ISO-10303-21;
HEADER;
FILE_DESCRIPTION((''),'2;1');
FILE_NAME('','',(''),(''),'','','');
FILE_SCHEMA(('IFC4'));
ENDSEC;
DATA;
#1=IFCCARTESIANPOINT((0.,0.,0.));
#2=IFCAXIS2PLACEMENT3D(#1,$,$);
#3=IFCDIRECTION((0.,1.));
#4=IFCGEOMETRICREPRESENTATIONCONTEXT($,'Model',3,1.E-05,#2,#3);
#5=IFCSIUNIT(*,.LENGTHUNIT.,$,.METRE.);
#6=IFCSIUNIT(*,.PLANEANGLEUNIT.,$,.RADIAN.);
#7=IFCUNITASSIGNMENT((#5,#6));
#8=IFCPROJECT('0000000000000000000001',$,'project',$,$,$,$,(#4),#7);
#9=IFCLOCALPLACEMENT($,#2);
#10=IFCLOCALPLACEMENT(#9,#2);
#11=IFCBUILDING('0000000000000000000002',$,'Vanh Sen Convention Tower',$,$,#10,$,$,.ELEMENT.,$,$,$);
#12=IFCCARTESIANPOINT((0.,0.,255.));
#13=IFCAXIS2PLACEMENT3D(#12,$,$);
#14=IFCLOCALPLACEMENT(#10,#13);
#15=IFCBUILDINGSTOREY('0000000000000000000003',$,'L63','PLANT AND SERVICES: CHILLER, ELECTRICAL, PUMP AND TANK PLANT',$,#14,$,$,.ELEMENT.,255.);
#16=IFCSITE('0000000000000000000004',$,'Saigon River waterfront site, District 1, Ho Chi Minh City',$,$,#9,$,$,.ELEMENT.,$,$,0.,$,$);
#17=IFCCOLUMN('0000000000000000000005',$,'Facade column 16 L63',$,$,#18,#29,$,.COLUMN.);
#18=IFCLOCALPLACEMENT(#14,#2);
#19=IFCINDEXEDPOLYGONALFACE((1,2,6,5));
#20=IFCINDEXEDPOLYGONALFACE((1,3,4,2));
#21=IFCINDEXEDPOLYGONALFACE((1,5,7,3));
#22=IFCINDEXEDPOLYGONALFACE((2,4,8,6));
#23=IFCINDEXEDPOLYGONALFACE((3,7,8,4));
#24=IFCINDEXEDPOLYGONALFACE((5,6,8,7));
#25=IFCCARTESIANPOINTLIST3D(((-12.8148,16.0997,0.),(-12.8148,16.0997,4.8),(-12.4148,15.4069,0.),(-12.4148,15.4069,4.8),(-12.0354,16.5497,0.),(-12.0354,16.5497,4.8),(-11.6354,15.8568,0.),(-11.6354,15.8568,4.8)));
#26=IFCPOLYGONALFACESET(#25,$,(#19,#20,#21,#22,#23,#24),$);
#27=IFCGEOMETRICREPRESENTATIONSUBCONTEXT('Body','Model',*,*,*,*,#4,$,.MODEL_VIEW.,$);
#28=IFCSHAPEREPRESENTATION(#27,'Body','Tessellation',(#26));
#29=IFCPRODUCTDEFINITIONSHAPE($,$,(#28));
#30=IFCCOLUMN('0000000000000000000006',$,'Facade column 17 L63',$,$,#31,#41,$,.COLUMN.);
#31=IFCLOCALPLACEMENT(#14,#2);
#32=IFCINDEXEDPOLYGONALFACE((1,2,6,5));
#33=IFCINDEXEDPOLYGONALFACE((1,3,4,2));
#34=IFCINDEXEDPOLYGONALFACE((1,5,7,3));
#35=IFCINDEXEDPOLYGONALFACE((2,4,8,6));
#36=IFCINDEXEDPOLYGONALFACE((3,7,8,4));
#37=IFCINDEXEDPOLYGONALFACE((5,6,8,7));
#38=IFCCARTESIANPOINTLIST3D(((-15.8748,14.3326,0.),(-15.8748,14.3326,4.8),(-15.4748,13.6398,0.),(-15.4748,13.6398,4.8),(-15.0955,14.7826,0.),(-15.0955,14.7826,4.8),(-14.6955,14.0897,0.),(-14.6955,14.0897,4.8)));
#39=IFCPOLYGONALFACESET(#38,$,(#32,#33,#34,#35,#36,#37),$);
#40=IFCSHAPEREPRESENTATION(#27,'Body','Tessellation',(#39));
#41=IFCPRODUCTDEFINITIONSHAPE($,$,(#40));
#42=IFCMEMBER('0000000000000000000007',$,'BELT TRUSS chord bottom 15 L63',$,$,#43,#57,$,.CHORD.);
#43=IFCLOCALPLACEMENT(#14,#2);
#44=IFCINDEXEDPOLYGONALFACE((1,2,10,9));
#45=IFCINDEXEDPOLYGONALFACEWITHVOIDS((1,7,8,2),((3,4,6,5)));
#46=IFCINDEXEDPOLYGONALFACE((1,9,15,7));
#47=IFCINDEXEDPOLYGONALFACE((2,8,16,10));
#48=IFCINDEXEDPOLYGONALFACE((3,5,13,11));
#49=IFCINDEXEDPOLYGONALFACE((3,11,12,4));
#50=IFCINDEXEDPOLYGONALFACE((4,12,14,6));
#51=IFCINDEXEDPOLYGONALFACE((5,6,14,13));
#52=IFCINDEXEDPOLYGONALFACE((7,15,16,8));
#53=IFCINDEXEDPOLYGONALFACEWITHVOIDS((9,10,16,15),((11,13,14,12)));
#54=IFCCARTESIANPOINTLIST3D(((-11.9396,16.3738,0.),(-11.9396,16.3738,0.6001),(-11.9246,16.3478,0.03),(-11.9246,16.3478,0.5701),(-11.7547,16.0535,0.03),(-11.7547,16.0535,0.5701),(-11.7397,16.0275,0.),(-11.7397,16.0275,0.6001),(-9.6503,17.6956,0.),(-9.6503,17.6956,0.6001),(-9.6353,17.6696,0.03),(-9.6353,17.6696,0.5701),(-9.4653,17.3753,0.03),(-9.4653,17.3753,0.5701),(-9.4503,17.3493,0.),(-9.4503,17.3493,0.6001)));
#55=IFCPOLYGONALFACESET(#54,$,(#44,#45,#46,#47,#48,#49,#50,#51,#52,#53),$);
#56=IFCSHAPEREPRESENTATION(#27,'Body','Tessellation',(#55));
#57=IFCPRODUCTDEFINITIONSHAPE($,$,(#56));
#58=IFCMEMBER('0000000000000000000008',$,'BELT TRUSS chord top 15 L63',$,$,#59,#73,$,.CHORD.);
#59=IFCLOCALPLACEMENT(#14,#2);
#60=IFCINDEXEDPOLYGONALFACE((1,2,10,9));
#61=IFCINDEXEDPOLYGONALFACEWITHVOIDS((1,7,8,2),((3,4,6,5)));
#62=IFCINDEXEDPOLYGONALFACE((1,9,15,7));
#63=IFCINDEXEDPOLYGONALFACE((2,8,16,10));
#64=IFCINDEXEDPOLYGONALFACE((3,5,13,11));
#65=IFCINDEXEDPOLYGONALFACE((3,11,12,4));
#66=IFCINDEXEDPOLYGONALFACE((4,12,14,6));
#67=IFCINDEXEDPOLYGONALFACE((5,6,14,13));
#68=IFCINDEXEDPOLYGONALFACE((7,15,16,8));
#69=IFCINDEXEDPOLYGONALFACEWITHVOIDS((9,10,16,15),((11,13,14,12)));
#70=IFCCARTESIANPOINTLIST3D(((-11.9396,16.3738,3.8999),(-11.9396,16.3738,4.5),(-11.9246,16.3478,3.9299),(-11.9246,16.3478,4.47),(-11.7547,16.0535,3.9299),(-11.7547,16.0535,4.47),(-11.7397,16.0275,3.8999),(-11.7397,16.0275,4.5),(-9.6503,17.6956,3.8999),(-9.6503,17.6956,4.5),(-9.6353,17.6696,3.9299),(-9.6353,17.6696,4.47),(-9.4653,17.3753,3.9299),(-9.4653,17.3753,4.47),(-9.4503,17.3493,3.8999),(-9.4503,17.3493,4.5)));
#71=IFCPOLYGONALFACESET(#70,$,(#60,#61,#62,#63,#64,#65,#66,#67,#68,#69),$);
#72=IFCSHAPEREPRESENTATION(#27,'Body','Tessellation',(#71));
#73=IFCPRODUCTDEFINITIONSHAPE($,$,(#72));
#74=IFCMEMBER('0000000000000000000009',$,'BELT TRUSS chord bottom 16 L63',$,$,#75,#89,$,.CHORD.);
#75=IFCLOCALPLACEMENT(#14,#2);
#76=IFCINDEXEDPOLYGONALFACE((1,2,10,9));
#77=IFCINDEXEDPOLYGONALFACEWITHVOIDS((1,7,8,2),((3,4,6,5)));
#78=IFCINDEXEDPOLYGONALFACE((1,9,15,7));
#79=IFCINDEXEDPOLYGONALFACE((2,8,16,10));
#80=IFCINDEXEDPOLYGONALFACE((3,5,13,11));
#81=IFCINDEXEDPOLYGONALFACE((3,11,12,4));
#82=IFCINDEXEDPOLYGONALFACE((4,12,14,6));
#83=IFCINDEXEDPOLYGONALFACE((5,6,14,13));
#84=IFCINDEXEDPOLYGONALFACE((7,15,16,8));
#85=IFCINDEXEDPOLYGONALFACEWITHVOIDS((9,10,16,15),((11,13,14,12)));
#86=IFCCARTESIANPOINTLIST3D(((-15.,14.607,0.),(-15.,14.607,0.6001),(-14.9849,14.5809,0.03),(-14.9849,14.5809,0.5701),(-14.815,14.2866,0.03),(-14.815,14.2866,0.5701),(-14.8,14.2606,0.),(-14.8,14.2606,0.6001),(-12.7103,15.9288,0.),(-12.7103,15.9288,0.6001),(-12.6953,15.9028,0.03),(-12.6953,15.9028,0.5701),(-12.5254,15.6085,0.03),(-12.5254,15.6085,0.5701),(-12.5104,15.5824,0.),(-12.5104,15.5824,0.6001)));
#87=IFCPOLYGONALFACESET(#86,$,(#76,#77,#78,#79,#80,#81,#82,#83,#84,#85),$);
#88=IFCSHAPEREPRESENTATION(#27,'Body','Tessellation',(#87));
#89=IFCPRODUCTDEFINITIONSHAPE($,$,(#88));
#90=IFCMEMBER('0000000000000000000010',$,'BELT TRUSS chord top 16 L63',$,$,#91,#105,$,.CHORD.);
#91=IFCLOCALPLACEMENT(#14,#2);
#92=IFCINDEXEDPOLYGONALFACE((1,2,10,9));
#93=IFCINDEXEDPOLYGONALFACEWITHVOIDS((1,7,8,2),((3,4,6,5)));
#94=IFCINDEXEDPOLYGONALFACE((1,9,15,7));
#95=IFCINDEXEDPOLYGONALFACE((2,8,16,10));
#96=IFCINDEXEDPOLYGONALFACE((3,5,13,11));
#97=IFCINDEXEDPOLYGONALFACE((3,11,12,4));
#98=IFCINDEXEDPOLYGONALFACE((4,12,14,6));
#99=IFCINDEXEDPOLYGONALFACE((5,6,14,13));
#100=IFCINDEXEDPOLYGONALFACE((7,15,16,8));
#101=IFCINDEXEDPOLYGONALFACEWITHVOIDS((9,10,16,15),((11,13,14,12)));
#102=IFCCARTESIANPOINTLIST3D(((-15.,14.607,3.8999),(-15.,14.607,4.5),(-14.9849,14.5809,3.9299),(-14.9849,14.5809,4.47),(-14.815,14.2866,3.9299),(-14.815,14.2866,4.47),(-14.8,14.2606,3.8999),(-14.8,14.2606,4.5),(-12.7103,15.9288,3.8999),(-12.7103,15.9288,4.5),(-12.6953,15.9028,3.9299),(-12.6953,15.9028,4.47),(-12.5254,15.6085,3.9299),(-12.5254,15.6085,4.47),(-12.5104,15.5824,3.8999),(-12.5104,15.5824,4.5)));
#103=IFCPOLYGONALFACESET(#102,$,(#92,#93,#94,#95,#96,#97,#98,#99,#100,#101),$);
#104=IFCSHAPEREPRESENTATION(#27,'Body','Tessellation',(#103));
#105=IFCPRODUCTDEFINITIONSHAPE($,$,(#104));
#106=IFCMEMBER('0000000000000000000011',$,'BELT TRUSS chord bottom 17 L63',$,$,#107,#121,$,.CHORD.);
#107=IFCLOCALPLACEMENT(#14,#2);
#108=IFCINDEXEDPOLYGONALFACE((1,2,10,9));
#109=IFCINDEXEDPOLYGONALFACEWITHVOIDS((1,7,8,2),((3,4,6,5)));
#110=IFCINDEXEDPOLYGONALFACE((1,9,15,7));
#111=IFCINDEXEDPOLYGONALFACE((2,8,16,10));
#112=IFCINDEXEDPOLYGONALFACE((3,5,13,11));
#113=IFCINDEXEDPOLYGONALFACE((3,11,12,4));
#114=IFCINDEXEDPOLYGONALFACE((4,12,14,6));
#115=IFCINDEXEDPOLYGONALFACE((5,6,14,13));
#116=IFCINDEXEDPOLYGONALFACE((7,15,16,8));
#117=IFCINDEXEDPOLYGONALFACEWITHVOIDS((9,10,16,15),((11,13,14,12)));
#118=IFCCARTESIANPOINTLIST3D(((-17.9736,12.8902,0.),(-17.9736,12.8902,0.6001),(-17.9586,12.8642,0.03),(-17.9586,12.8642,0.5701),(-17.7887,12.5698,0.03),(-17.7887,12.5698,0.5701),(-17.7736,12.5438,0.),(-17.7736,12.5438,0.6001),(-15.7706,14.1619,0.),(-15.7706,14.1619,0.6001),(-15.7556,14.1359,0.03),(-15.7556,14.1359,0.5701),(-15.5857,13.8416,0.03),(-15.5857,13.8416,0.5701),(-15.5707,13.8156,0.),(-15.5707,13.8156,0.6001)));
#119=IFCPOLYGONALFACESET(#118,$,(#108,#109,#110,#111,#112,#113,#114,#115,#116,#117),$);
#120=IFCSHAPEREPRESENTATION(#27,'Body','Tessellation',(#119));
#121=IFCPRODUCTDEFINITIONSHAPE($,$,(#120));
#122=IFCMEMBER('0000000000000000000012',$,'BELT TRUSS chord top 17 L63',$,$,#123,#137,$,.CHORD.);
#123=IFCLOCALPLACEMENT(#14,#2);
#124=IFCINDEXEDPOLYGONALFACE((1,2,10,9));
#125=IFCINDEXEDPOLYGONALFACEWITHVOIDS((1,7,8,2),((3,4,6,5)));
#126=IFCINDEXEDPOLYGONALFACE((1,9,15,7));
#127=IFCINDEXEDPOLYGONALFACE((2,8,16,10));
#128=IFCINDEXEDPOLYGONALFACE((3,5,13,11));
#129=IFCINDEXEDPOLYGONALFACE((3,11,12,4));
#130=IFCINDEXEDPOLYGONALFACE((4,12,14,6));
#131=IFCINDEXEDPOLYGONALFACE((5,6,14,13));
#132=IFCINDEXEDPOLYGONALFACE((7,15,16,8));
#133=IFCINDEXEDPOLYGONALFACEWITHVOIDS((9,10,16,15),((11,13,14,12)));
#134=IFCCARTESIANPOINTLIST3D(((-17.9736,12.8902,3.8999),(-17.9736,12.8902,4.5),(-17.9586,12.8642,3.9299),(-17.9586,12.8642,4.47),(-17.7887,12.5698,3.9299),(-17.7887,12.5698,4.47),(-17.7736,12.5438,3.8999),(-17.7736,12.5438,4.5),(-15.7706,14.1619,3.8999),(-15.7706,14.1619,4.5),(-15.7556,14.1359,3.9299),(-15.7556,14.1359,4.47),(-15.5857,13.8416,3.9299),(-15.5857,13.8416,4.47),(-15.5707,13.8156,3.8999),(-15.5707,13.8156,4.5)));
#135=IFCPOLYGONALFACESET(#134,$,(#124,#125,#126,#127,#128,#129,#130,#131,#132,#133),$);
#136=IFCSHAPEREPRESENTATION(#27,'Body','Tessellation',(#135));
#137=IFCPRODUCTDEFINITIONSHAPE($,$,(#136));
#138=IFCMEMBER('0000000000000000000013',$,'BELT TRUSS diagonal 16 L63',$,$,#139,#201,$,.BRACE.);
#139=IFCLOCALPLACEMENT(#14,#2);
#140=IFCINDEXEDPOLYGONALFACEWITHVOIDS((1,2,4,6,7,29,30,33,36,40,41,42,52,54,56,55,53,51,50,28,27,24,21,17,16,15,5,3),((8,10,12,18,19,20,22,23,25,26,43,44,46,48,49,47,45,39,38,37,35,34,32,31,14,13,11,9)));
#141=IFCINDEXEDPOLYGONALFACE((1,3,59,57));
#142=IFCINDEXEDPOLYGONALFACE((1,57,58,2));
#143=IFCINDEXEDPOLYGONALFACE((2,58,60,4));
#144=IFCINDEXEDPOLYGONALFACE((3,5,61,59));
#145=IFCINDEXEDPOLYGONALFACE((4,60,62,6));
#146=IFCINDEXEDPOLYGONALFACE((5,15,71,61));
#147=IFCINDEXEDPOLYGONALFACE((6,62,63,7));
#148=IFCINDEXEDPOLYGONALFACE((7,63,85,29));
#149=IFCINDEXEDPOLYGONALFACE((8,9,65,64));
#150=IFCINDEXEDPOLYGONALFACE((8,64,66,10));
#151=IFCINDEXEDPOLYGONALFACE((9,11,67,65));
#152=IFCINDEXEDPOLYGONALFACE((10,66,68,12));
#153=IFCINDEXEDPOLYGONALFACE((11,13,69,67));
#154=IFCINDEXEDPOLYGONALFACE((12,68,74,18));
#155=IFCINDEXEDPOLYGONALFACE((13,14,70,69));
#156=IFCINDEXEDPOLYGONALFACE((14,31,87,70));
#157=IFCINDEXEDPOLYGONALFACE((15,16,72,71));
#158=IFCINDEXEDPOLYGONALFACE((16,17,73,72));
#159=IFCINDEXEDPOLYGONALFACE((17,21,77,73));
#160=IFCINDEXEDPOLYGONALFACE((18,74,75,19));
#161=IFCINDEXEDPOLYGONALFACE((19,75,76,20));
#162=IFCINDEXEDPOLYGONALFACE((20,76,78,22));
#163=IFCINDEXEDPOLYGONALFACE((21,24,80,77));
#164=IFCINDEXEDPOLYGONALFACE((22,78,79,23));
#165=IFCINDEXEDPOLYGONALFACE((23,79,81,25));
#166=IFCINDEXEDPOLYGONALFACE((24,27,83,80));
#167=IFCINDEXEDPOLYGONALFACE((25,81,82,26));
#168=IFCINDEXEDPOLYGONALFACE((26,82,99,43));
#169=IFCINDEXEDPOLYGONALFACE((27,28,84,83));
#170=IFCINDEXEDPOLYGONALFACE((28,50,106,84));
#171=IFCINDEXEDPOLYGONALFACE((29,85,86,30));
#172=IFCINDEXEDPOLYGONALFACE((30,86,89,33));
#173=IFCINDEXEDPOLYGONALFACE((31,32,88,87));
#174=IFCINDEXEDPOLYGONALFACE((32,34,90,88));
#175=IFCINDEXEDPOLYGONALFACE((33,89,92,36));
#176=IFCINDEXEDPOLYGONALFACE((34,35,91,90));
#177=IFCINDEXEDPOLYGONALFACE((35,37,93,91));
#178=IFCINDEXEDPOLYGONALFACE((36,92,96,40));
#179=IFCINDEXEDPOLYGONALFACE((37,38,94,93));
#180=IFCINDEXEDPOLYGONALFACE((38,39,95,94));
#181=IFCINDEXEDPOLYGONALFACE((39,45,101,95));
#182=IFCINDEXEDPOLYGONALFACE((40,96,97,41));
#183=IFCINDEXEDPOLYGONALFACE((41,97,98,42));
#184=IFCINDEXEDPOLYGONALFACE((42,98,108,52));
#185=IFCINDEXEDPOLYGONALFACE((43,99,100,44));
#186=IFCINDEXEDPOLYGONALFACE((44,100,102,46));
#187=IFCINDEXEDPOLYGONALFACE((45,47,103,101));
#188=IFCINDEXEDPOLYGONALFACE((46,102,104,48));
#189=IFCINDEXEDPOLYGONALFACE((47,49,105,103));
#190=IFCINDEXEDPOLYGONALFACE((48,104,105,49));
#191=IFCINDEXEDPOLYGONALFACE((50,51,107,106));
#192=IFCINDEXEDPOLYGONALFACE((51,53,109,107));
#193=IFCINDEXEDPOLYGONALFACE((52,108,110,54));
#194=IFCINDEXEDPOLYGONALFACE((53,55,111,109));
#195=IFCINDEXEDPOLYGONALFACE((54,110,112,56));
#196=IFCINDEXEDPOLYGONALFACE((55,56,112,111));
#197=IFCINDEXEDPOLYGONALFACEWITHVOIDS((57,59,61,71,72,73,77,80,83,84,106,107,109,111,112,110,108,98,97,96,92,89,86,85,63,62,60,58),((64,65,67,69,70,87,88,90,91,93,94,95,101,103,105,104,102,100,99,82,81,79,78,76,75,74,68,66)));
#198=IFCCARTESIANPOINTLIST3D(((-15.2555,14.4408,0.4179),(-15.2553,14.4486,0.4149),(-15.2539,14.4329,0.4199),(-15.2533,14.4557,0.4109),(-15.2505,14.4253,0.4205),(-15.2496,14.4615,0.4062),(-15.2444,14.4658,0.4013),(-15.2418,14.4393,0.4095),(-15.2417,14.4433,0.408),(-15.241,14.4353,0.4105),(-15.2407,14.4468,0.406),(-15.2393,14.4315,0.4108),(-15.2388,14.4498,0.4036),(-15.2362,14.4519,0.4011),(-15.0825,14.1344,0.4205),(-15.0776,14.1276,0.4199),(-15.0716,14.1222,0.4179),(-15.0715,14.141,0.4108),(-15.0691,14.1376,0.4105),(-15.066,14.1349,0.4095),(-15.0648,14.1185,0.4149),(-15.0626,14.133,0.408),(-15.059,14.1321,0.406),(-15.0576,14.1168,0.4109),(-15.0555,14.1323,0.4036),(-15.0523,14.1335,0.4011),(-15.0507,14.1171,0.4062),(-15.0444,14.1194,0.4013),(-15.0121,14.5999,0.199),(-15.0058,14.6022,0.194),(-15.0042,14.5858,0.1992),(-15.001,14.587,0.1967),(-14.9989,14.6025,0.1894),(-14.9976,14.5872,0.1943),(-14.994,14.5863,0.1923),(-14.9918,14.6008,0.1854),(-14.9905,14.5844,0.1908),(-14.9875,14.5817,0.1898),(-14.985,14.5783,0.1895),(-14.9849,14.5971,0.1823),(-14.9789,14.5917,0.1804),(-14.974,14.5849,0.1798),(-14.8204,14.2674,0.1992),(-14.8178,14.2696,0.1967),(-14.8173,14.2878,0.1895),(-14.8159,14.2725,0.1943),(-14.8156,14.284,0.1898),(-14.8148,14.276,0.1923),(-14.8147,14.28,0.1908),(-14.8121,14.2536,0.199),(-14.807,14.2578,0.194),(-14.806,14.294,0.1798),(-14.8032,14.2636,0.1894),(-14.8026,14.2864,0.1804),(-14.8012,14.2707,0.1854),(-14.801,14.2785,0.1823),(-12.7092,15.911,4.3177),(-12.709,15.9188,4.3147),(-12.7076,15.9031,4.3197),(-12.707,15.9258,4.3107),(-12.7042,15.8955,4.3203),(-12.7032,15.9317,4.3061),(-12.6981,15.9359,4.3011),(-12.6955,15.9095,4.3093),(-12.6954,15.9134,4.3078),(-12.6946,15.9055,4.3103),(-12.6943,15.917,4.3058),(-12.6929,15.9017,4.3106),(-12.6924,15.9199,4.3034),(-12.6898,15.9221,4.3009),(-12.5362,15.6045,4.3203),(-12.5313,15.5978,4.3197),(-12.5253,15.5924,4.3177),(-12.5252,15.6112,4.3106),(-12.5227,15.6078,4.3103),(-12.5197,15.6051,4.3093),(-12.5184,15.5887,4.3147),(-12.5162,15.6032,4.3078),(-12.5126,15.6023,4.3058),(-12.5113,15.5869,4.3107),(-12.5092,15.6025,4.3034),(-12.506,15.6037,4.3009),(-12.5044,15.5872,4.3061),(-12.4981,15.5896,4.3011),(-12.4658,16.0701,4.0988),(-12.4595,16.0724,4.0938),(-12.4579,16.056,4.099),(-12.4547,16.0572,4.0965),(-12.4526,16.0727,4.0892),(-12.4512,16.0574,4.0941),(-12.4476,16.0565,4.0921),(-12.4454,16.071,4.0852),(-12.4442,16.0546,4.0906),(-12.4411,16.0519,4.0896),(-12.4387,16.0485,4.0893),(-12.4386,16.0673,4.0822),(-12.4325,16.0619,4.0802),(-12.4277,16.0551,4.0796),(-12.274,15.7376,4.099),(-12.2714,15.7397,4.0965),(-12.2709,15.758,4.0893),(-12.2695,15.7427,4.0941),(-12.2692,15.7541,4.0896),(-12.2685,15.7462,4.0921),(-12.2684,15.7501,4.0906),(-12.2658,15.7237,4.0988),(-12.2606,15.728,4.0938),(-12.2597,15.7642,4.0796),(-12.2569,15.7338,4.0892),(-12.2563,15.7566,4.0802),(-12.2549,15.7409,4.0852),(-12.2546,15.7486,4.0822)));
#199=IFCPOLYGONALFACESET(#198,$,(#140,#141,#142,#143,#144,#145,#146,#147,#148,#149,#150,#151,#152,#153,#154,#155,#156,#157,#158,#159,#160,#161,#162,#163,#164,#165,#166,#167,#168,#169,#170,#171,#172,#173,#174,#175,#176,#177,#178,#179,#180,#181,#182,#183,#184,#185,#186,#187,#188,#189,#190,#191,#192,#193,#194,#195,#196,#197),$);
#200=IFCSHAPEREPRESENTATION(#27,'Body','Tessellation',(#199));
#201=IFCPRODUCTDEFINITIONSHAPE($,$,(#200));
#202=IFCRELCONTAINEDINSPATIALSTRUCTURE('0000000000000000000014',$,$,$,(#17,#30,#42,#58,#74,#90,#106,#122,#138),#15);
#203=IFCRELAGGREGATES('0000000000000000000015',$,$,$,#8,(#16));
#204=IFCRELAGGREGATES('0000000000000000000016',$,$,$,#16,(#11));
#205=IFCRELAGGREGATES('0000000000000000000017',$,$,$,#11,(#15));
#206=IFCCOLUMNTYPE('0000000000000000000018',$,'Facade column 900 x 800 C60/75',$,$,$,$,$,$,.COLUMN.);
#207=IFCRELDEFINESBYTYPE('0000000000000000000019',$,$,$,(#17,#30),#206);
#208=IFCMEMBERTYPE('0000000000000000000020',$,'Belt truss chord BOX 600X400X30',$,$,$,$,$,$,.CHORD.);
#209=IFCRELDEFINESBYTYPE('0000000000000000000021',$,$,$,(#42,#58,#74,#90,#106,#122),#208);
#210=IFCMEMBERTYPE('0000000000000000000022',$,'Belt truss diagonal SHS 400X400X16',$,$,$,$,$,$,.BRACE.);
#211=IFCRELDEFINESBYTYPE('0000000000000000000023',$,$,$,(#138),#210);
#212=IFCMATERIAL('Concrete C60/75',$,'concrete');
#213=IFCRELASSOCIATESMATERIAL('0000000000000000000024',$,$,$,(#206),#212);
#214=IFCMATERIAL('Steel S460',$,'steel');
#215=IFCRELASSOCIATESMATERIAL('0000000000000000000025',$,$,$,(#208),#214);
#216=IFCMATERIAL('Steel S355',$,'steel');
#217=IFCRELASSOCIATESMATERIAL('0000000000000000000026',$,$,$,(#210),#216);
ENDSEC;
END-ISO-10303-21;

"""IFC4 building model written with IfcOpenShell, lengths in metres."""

from ifc_helpers import new_model, si_unit, direction, frame, origin, origin_2d, place, context, subcontext, project, spatial, rectangle, hollow_rectangle, extrude, material, material_profile, profile_set, type_object, element, save


model = new_model("IFC4")

# Units and contexts
model_context = context("Model", 3, precision=1e-05, world=origin(), true_north=direction((0.0, 1.0)))
body_context = subcontext(model_context, "Body", "Model", "MODEL_VIEW")
ifc_project = project(units=[si_unit("LENGTHUNIT", "METRE"), si_unit("PLANEANGLEUNIT", "RADIAN")], contexts=[model_context])

# Site, building, storey
site_placement = place(None, origin())
site = spatial("IfcSite", under=ifc_project, at=site_placement, Name="Saigon River waterfront site, District 1, Ho Chi Minh City", CompositionType="ELEMENT", RefElevation=0.0)
building_placement = place(site_placement, origin())
building = spatial("IfcBuilding", under=site, at=building_placement, Name="Vanh Sen Convention Tower", CompositionType="ELEMENT")
storey_placement = place(building_placement, frame((0.0, 0.0, 255.0)))
storey = spatial("IfcBuildingStorey", under=building, at=storey_placement, Name="L63", Description="PLANT AND SERVICES: CHILLER, ELECTRICAL, PUMP AND TANK PLANT", CompositionType="ELEMENT", Elevation=255.0)

# Columns
ifc_material_1 = material(Name="Concrete C60/75", Category="concrete")
ifc_material_profile_1 = material_profile(ifc_material_1, rectangle(XDim=0.8999, YDim=0.8, at=origin_2d()), Name="RC 900X800")
ifc_profile_set_1 = profile_set([ifc_material_profile_1], Name="Concrete C60/75")
column_type = type_object("IfcColumnType", Name="Facade column 900 x 800 C60/75", PredefinedType="COLUMN", material=ifc_profile_set_1)
for number, where, z_axis, x_axis, name in (
    (1, (-12.2251, 15.9783, 0.0), (0.0, 0.0, 1.0), (-0.866025, -0.5, 0.0), "Facade column 16 L63"),
    (2, (-15.2852, 14.2112, 0.0), (0.0, 0.0, 1.0), (-0.866025, -0.5, 0.0), "Facade column 17 L63"),
):
    element("IfcColumn", number, at=place(storey_placement, frame(where, z_axis=z_axis, x_axis=x_axis)), inside=storey, type_object=column_type, Name=name, PredefinedType="COLUMN", context=body_context, shape_type="SweptSolid", body=[
        extrude(rectangle(XDim=0.8999, YDim=0.8, at=origin_2d()), origin(), (0.0, 0.0, 1.0), 4.8),
    ])

# Members
ifc_material_2 = material(Name="Steel S460", Category="steel")
ifc_material_profile_2 = material_profile(ifc_material_2, hollow_rectangle(XDim=0.3999, YDim=0.6001, WallThickness=0.03, at=origin_2d()), Name="BOX 600X400X30")
ifc_profile_set_2 = profile_set([ifc_material_profile_2], Name="Steel S460")
member_type_1 = type_object("IfcMemberType", Name="Belt truss chord BOX 600X400X30", PredefinedType="CHORD", material=ifc_profile_set_2)
for number, where, z_axis, x_axis, name in (
    (3, (-9.5503, 17.5225, 0.3), (-0.866018, -0.500013, 0.0), (0.500013, -0.866018, 0.0), "BELT TRUSS chord bottom 15 L63"),
    (4, (-9.5503, 17.5225, 4.2), (-0.866018, -0.500013, 0.0), (0.500013, -0.866018, 0.0), "BELT TRUSS chord top 15 L63"),
):
    element("IfcMember", number, at=place(storey_placement, frame(where, z_axis=z_axis, x_axis=x_axis)), inside=storey, type_object=member_type_1, Name=name, PredefinedType="CHORD", context=body_context, shape_type="SweptSolid", body=[
        extrude(hollow_rectangle(XDim=0.3999, YDim=0.6001, WallThickness=0.03, at=origin_2d()), origin(), (0.0, 0.0, 1.0), 2.6436),
    ])
for number, where, z_axis, x_axis, name in (
    (5, (-12.6104, 15.7556, 0.3), (-0.866041, -0.499973, 0.0), (0.499973, -0.866041, 0.0), "BELT TRUSS chord bottom 16 L63"),
    (6, (-12.6104, 15.7556, 4.2), (-0.866041, -0.499973, 0.0), (0.499973, -0.866041, 0.0), "BELT TRUSS chord top 16 L63"),
):
    element("IfcMember", number, at=place(storey_placement, frame(where, z_axis=z_axis, x_axis=x_axis)), inside=storey, type_object=member_type_1, Name=name, PredefinedType="CHORD", context=body_context, shape_type="SweptSolid", body=[
        extrude(hollow_rectangle(XDim=0.3999, YDim=0.6001, WallThickness=0.03, at=origin_2d()), origin(), (0.0, 0.0, 1.0), 2.6438),
    ])
for number, where, z_axis, x_axis, name in (
    (7, (-15.6707, 13.9888, 0.3), (-0.866043, -0.499969, 0.0), (0.499969, -0.866043, 0.0), "BELT TRUSS chord bottom 17 L63"),
    (8, (-15.6707, 13.9888, 4.2), (-0.866043, -0.499969, 0.0), (0.499969, -0.866043, 0.0), "BELT TRUSS chord top 17 L63"),
):
    element("IfcMember", number, at=place(storey_placement, frame(where, z_axis=z_axis, x_axis=x_axis)), inside=storey, type_object=member_type_1, Name=name, PredefinedType="CHORD", context=body_context, shape_type="SweptSolid", body=[
        extrude(hollow_rectangle(XDim=0.3999, YDim=0.6001, WallThickness=0.03, at=origin_2d()), origin(), (0.0, 0.0, 1.0), 2.5437),
    ])
ifc_material_3 = material(Name="Steel S355", Category="steel")
ifc_material_profile_3 = material_profile(ifc_material_3, hollow_rectangle(XDim=0.3999, YDim=0.3999, WallThickness=0.0161, InnerFilletRadius=0.0161, OuterFilletRadius=0.032, at=origin_2d()), Name="SHS 400X400X16")
ifc_profile_set_3 = profile_set([ifc_material_profile_3], Name="Steel S355")
member_type_2 = type_object("IfcMemberType", Name="Belt truss diagonal SHS 400X400X16", PredefinedType="BRACE", material=ifc_profile_set_3)
member_1_placement = place(storey_placement, frame((-12.4819, 15.8298, 4.2), z_axis=(-0.521358, -0.301018, -0.798482), x_axis=(0.500015, -0.866017, 0.0)))
element("IfcMember", 9, at=member_1_placement, inside=storey, type_object=member_type_2, Name="BELT TRUSS diagonal 16 L63", PredefinedType="BRACE", context=body_context, shape_type="SweptSolid", body=[
    extrude(hollow_rectangle(XDim=0.3999, YDim=0.3999, WallThickness=0.0161, InnerFilletRadius=0.0161, OuterFilletRadius=0.032, at=origin_2d()), origin(), (0.0, 0.0, 1.0), 4.884),
])

save(model, "model.ifc")
